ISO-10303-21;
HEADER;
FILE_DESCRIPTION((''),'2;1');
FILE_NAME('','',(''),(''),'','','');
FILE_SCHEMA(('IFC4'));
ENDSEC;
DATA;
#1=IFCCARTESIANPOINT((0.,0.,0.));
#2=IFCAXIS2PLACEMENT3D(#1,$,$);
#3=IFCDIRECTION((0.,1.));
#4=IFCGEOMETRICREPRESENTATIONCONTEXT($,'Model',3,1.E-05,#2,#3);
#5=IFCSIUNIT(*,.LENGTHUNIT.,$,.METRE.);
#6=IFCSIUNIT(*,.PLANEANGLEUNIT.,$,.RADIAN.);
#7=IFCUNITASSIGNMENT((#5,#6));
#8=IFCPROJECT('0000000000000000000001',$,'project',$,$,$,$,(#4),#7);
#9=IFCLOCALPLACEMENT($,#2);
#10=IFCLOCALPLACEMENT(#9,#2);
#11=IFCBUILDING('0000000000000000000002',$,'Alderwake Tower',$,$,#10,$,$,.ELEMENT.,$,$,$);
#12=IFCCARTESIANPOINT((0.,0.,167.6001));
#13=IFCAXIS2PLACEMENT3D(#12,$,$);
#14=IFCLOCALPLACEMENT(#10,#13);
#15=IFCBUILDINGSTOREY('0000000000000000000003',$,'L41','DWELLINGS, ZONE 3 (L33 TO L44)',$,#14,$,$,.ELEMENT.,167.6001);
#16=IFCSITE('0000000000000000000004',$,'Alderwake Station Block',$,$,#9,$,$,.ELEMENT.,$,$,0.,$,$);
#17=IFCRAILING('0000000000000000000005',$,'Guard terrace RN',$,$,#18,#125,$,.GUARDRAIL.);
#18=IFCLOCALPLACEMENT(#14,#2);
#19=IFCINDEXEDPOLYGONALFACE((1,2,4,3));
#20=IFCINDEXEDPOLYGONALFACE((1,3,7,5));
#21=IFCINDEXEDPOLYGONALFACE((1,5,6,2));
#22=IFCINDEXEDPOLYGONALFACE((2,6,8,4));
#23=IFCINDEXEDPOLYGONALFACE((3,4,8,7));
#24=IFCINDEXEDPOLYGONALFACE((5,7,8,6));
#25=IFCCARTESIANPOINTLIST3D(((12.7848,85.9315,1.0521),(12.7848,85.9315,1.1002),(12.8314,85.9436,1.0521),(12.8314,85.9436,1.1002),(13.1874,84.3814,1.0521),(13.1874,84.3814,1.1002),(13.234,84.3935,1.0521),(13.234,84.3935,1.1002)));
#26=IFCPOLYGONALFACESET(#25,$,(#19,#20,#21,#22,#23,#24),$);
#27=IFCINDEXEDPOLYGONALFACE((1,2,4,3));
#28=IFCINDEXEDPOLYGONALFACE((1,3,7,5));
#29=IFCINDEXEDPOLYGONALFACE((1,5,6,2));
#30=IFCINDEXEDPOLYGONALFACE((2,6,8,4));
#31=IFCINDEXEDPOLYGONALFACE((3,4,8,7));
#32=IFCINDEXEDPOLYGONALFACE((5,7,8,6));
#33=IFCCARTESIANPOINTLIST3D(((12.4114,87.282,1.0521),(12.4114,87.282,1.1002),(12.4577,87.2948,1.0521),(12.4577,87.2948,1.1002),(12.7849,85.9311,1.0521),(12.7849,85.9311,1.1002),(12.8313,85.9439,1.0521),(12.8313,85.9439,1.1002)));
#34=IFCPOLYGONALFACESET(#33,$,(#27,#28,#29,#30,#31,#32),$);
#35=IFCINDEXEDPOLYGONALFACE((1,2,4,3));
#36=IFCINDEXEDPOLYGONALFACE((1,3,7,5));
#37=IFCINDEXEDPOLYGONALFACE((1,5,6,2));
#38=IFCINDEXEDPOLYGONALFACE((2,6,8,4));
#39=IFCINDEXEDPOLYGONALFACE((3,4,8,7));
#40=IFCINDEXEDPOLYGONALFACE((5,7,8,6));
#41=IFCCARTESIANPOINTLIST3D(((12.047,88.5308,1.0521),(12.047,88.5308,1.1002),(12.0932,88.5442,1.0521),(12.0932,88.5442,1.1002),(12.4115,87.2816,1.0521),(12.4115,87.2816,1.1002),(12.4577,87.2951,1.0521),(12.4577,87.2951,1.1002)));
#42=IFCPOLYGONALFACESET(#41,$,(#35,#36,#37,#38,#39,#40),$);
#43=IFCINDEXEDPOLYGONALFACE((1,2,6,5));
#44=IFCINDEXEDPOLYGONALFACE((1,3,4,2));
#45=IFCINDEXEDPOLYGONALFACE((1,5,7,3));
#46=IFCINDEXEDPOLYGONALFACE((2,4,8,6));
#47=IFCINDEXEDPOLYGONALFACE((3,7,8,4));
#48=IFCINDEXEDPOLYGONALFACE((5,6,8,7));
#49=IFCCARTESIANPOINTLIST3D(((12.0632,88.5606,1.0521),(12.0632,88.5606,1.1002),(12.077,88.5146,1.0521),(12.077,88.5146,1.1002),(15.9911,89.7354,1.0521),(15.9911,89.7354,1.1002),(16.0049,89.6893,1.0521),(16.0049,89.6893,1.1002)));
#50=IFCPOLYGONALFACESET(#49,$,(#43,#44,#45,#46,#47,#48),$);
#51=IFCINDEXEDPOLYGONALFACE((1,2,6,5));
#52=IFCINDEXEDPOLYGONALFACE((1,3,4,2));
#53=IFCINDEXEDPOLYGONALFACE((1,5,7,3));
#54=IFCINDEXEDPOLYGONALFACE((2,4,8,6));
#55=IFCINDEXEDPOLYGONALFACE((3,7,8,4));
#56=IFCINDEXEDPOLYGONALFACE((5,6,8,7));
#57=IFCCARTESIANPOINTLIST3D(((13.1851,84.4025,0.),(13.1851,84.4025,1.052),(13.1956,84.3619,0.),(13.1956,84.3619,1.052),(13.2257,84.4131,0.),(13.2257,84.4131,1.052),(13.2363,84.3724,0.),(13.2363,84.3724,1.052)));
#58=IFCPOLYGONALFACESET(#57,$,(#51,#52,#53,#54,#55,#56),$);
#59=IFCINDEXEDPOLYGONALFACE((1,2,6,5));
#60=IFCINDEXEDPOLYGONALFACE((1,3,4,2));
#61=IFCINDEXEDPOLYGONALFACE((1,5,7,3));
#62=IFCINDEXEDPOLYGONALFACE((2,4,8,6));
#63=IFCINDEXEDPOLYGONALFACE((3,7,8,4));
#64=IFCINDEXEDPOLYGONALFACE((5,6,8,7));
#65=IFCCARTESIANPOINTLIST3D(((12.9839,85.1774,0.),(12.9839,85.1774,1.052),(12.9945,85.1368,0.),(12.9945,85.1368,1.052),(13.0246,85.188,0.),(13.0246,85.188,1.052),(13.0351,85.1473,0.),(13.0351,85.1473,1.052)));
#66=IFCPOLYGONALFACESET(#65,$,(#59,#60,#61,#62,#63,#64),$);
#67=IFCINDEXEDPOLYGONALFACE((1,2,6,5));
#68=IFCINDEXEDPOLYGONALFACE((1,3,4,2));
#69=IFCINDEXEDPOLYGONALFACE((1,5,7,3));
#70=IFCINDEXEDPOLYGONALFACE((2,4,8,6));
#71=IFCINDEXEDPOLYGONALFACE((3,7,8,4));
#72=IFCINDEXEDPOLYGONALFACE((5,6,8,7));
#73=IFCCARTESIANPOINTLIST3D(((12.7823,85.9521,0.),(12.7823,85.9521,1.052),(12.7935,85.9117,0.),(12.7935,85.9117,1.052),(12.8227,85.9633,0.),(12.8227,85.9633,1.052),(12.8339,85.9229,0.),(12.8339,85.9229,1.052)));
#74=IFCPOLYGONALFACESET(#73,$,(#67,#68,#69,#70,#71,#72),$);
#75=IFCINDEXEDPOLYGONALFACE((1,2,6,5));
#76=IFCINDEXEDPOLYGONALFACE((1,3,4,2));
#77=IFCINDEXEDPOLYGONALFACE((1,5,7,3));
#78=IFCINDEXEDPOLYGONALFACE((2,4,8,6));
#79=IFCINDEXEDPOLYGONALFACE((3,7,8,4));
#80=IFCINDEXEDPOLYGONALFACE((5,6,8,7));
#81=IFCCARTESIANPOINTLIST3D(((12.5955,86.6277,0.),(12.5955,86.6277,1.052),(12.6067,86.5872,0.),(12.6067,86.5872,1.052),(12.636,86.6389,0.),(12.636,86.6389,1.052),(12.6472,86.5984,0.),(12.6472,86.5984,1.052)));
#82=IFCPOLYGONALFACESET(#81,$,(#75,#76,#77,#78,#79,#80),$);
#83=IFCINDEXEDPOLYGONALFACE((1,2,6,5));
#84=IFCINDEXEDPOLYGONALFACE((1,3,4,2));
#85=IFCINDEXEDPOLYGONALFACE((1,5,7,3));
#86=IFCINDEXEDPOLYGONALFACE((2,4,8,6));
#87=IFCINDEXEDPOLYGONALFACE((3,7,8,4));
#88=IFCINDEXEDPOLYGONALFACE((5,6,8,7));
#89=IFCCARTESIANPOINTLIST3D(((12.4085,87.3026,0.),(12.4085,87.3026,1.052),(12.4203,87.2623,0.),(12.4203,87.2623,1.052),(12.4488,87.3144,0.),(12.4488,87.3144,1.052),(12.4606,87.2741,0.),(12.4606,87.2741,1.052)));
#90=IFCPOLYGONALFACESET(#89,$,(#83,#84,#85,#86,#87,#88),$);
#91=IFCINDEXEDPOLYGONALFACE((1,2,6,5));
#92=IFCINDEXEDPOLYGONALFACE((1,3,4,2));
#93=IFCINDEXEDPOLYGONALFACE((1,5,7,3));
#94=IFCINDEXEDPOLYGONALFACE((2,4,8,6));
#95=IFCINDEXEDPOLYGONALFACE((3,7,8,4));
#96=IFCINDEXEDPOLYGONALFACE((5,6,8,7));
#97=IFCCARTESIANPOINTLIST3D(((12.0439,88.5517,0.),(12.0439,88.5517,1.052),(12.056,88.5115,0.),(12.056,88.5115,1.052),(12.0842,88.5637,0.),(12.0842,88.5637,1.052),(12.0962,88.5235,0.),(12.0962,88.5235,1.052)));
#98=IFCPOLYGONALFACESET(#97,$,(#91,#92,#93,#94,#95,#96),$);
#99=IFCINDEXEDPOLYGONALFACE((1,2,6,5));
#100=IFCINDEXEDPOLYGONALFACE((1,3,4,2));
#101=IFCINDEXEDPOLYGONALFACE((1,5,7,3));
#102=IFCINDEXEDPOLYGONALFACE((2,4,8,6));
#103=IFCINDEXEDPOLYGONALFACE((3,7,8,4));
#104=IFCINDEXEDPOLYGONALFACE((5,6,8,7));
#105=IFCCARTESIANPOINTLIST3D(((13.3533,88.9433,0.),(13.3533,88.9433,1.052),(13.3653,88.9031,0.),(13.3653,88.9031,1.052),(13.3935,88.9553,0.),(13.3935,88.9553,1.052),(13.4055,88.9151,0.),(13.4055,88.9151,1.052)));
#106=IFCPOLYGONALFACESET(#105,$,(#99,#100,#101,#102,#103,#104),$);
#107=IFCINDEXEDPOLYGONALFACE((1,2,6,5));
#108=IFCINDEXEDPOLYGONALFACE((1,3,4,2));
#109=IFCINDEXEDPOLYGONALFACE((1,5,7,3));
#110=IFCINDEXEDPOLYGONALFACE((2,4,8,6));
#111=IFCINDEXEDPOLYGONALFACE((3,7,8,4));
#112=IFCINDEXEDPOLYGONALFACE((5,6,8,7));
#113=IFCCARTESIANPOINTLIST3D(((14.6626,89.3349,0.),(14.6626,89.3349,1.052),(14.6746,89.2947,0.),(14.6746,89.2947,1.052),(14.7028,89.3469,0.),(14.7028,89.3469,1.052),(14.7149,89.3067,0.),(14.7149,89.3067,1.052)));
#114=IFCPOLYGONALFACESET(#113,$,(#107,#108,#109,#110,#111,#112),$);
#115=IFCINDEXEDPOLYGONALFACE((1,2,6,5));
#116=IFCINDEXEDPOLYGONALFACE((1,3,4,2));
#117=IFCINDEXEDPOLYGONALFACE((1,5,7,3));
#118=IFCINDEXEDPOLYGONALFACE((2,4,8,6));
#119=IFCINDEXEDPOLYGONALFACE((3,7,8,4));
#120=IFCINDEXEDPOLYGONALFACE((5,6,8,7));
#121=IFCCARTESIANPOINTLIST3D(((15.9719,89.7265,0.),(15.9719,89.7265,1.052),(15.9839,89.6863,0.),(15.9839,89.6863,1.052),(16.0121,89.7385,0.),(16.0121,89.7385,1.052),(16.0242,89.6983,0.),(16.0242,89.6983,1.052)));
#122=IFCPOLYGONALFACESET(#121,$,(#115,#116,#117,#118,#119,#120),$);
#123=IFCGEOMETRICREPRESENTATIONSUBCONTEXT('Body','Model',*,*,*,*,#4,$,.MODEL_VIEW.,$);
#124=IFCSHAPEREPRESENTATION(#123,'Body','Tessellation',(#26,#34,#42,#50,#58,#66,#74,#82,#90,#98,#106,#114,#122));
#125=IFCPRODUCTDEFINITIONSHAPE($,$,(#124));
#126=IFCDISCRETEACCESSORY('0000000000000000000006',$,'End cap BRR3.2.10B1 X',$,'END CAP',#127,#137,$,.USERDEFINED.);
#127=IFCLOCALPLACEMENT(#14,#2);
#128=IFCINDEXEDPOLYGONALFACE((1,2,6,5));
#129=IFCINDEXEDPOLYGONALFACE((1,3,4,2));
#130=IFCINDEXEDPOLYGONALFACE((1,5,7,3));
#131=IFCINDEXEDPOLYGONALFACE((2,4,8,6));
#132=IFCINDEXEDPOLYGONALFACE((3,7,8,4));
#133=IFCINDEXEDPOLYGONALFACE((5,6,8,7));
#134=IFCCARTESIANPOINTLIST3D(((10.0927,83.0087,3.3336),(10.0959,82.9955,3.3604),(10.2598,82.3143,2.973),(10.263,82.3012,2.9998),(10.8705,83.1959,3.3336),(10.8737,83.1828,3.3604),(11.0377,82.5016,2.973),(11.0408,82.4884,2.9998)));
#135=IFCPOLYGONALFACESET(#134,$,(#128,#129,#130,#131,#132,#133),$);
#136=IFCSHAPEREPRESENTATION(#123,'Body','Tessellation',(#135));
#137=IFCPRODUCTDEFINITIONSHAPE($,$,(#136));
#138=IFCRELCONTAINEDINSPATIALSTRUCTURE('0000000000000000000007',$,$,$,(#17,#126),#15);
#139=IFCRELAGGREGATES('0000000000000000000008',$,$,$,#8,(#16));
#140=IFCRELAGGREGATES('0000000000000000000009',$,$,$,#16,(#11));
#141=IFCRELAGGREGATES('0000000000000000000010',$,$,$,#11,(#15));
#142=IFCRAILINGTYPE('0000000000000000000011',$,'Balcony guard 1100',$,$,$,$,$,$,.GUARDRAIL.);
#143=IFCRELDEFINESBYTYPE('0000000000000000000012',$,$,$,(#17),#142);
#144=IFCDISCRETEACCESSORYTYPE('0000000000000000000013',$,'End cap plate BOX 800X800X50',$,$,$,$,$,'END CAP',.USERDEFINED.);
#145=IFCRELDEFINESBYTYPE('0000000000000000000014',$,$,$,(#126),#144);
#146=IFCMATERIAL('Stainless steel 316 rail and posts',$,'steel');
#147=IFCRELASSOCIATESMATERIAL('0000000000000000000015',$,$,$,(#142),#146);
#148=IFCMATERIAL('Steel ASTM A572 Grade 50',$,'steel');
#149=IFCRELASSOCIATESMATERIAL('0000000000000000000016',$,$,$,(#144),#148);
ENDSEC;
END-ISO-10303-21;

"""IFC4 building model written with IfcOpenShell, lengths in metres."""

from ifc_helpers import new_model, si_unit, direction, frame, origin, origin_2d, place, context, subcontext, project, spatial, rectangle, extrude, material, material_profile, profile_set, type_object, element, save


model = new_model("IFC4")

# Units and contexts
model_context = context("Model", 3, precision=1e-05, world=origin(), true_north=direction((0.0, 1.0)))
body_context = subcontext(model_context, "Body", "Model", "MODEL_VIEW")
ifc_project = project(units=[si_unit("LENGTHUNIT", "METRE"), si_unit("PLANEANGLEUNIT", "RADIAN")], contexts=[model_context])

# Site, building, storey
site_placement = place(None, origin())
site = spatial("IfcSite", under=ifc_project, at=site_placement, Name="Alderwake Station Block", CompositionType="ELEMENT", RefElevation=0.0)
building_placement = place(site_placement, origin())
building = spatial("IfcBuilding", under=site, at=building_placement, Name="Alderwake Tower", CompositionType="ELEMENT")
storey_placement = place(building_placement, frame((0.0, 0.0, 167.6001)))
storey = spatial("IfcBuildingStorey", under=building, at=storey_placement, Name="L41", Description="DWELLINGS, ZONE 3 (L33 TO L44)", CompositionType="ELEMENT", Elevation=167.6001)

# Railing
ifc_material_1 = material(Name="Stainless steel 316 rail and posts", Category="steel")
railing_type = type_object("IfcRailingType", Name="Balcony guard 1100", PredefinedType="GUARDRAIL", material=ifc_material_1)
railing_placement = place(storey_placement, frame((13.2107, 84.3875, 0.0)))
element("IfcRailing", 1, at=railing_placement, inside=storey, type_object=railing_type, Name="Guard terrace RN", PredefinedType="GUARDRAIL", context=body_context, shape_type="SweptSolid", body=[
    extrude(rectangle(XDim=0.0481, YDim=0.0481, at=origin_2d()), frame((0.0, 0.0, 1.0762), z_axis=(-0.251385, 0.967887, 0.0), x_axis=(-0.967887, -0.251385, 0.0)), (0.0, 0.0, 1.0), 1.6016),
    extrude(rectangle(XDim=0.0481, YDim=0.0481, at=origin_2d()), frame((-0.4026, 1.55, 1.0762), z_axis=(-0.266521, 0.963829, 0.0), x_axis=(-0.963829, -0.266521, 0.0)), (0.0, 0.0, 1.0), 1.4016),
    extrude(rectangle(XDim=0.0481, YDim=0.0481, at=origin_2d()), frame((-0.7761, 2.9009, 1.0762), z_axis=(-0.280094, 0.959973, 0.0), x_axis=(-0.959973, -0.280094, 0.0)), (0.0, 0.0, 1.0), 1.3013),
    extrude(rectangle(XDim=0.0481, YDim=0.0481, at=origin_2d()), frame((-1.1406, 4.1501, 1.0762), z_axis=(0.958067, 0.286545, 0.0), x_axis=(-0.286545, 0.958067, 0.0)), (0.0, 0.0, 1.0), 4.0999),
    extrude(rectangle(XDim=0.042, YDim=0.042, at=origin_2d()), frame((0.0, 0.0, 0.0), z_axis=(0.0, 0.0, 1.0), x_axis=(-0.251385, 0.967887, 0.0)), (0.0, 0.0, 1.0), 1.052),
    extrude(rectangle(XDim=0.042, YDim=0.042, at=origin_2d()), frame((-0.2012, 0.7749, 0.0), z_axis=(0.0, 0.0, 1.0), x_axis=(-0.251385, 0.967887, 0.0)), (0.0, 0.0, 1.0), 1.052),
    extrude(rectangle(XDim=0.042, YDim=0.042, at=origin_2d()), frame((-0.4026, 1.55, 0.0), z_axis=(0.0, 0.0, 1.0), x_axis=(-0.266521, 0.963829, 0.0)), (0.0, 0.0, 1.0), 1.052),
    extrude(rectangle(XDim=0.042, YDim=0.042, at=origin_2d()), frame((-0.5894, 2.2256, 0.0), z_axis=(0.0, 0.0, 1.0), x_axis=(-0.266521, 0.963829, 0.0)), (0.0, 0.0, 1.0), 1.052),
    extrude(rectangle(XDim=0.042, YDim=0.042, at=origin_2d()), frame((-0.7761, 2.9009, 0.0), z_axis=(0.0, 0.0, 1.0), x_axis=(-0.280094, 0.959973, 0.0)), (0.0, 0.0, 1.0), 1.052),
    extrude(rectangle(XDim=0.042, YDim=0.042, at=origin_2d()), frame((-1.1406, 4.1501, 0.0), z_axis=(0.0, 0.0, 1.0), x_axis=(0.958067, 0.286545, 0.0)), (0.0, 0.0, 1.0), 1.052),
    extrude(rectangle(XDim=0.042, YDim=0.042, at=origin_2d()), frame((0.1687, 4.5417, 0.0), z_axis=(0.0, 0.0, 1.0), x_axis=(0.958067, 0.286545, 0.0)), (0.0, 0.0, 1.0), 1.052),
    extrude(rectangle(XDim=0.042, YDim=0.042, at=origin_2d()), frame((1.478, 4.9333, 0.0), z_axis=(0.0, 0.0, 1.0), x_axis=(0.958067, 0.286545, 0.0)), (0.0, 0.0, 1.0), 1.052),
    extrude(rectangle(XDim=0.042, YDim=0.042, at=origin_2d()), frame((2.7874, 5.325, 0.0), z_axis=(0.0, 0.0, 1.0), x_axis=(0.958067, 0.286545, 0.0)), (0.0, 0.0, 1.0), 1.052),
])

# Discrete accessory
ifc_material_2 = material(Name="Steel ASTM A572 Grade 50", Category="steel")
ifc_material_profile_1 = material_profile(ifc_material_2, rectangle(XDim=0.8, YDim=0.8, at=origin_2d()), Name="BOX 800X800X50 cap")
ifc_profile_set_1 = profile_set([ifc_material_profile_1], Name="Steel ASTM A572 Grade 50")
discrete_accessory_type = type_object("IfcDiscreteAccessoryType", Name="End cap plate BOX 800X800X50", ElementType="END CAP", PredefinedType="USERDEFINED", material=ifc_profile_set_1)
discrete_accessory_placement = place(storey_placement, frame((10.5652, 82.7551, 3.1533), z_axis=(0.105496, -0.438214, 0.892658), x_axis=(0.972224, 0.234054, 0.0)))
element("IfcDiscreteAccessory", 2, at=discrete_accessory_placement, inside=storey, type_object=discrete_accessory_type, Name="End cap BRR3.2.10B1 X", ObjectType="END CAP", PredefinedType="USERDEFINED", context=body_context, shape_type="SweptSolid", body=[
    extrude(rectangle(XDim=0.8, YDim=0.8, at=origin_2d()), origin(), (0.0, 0.0, 1.0), 0.03),
])

save(model, "model.ifc")
